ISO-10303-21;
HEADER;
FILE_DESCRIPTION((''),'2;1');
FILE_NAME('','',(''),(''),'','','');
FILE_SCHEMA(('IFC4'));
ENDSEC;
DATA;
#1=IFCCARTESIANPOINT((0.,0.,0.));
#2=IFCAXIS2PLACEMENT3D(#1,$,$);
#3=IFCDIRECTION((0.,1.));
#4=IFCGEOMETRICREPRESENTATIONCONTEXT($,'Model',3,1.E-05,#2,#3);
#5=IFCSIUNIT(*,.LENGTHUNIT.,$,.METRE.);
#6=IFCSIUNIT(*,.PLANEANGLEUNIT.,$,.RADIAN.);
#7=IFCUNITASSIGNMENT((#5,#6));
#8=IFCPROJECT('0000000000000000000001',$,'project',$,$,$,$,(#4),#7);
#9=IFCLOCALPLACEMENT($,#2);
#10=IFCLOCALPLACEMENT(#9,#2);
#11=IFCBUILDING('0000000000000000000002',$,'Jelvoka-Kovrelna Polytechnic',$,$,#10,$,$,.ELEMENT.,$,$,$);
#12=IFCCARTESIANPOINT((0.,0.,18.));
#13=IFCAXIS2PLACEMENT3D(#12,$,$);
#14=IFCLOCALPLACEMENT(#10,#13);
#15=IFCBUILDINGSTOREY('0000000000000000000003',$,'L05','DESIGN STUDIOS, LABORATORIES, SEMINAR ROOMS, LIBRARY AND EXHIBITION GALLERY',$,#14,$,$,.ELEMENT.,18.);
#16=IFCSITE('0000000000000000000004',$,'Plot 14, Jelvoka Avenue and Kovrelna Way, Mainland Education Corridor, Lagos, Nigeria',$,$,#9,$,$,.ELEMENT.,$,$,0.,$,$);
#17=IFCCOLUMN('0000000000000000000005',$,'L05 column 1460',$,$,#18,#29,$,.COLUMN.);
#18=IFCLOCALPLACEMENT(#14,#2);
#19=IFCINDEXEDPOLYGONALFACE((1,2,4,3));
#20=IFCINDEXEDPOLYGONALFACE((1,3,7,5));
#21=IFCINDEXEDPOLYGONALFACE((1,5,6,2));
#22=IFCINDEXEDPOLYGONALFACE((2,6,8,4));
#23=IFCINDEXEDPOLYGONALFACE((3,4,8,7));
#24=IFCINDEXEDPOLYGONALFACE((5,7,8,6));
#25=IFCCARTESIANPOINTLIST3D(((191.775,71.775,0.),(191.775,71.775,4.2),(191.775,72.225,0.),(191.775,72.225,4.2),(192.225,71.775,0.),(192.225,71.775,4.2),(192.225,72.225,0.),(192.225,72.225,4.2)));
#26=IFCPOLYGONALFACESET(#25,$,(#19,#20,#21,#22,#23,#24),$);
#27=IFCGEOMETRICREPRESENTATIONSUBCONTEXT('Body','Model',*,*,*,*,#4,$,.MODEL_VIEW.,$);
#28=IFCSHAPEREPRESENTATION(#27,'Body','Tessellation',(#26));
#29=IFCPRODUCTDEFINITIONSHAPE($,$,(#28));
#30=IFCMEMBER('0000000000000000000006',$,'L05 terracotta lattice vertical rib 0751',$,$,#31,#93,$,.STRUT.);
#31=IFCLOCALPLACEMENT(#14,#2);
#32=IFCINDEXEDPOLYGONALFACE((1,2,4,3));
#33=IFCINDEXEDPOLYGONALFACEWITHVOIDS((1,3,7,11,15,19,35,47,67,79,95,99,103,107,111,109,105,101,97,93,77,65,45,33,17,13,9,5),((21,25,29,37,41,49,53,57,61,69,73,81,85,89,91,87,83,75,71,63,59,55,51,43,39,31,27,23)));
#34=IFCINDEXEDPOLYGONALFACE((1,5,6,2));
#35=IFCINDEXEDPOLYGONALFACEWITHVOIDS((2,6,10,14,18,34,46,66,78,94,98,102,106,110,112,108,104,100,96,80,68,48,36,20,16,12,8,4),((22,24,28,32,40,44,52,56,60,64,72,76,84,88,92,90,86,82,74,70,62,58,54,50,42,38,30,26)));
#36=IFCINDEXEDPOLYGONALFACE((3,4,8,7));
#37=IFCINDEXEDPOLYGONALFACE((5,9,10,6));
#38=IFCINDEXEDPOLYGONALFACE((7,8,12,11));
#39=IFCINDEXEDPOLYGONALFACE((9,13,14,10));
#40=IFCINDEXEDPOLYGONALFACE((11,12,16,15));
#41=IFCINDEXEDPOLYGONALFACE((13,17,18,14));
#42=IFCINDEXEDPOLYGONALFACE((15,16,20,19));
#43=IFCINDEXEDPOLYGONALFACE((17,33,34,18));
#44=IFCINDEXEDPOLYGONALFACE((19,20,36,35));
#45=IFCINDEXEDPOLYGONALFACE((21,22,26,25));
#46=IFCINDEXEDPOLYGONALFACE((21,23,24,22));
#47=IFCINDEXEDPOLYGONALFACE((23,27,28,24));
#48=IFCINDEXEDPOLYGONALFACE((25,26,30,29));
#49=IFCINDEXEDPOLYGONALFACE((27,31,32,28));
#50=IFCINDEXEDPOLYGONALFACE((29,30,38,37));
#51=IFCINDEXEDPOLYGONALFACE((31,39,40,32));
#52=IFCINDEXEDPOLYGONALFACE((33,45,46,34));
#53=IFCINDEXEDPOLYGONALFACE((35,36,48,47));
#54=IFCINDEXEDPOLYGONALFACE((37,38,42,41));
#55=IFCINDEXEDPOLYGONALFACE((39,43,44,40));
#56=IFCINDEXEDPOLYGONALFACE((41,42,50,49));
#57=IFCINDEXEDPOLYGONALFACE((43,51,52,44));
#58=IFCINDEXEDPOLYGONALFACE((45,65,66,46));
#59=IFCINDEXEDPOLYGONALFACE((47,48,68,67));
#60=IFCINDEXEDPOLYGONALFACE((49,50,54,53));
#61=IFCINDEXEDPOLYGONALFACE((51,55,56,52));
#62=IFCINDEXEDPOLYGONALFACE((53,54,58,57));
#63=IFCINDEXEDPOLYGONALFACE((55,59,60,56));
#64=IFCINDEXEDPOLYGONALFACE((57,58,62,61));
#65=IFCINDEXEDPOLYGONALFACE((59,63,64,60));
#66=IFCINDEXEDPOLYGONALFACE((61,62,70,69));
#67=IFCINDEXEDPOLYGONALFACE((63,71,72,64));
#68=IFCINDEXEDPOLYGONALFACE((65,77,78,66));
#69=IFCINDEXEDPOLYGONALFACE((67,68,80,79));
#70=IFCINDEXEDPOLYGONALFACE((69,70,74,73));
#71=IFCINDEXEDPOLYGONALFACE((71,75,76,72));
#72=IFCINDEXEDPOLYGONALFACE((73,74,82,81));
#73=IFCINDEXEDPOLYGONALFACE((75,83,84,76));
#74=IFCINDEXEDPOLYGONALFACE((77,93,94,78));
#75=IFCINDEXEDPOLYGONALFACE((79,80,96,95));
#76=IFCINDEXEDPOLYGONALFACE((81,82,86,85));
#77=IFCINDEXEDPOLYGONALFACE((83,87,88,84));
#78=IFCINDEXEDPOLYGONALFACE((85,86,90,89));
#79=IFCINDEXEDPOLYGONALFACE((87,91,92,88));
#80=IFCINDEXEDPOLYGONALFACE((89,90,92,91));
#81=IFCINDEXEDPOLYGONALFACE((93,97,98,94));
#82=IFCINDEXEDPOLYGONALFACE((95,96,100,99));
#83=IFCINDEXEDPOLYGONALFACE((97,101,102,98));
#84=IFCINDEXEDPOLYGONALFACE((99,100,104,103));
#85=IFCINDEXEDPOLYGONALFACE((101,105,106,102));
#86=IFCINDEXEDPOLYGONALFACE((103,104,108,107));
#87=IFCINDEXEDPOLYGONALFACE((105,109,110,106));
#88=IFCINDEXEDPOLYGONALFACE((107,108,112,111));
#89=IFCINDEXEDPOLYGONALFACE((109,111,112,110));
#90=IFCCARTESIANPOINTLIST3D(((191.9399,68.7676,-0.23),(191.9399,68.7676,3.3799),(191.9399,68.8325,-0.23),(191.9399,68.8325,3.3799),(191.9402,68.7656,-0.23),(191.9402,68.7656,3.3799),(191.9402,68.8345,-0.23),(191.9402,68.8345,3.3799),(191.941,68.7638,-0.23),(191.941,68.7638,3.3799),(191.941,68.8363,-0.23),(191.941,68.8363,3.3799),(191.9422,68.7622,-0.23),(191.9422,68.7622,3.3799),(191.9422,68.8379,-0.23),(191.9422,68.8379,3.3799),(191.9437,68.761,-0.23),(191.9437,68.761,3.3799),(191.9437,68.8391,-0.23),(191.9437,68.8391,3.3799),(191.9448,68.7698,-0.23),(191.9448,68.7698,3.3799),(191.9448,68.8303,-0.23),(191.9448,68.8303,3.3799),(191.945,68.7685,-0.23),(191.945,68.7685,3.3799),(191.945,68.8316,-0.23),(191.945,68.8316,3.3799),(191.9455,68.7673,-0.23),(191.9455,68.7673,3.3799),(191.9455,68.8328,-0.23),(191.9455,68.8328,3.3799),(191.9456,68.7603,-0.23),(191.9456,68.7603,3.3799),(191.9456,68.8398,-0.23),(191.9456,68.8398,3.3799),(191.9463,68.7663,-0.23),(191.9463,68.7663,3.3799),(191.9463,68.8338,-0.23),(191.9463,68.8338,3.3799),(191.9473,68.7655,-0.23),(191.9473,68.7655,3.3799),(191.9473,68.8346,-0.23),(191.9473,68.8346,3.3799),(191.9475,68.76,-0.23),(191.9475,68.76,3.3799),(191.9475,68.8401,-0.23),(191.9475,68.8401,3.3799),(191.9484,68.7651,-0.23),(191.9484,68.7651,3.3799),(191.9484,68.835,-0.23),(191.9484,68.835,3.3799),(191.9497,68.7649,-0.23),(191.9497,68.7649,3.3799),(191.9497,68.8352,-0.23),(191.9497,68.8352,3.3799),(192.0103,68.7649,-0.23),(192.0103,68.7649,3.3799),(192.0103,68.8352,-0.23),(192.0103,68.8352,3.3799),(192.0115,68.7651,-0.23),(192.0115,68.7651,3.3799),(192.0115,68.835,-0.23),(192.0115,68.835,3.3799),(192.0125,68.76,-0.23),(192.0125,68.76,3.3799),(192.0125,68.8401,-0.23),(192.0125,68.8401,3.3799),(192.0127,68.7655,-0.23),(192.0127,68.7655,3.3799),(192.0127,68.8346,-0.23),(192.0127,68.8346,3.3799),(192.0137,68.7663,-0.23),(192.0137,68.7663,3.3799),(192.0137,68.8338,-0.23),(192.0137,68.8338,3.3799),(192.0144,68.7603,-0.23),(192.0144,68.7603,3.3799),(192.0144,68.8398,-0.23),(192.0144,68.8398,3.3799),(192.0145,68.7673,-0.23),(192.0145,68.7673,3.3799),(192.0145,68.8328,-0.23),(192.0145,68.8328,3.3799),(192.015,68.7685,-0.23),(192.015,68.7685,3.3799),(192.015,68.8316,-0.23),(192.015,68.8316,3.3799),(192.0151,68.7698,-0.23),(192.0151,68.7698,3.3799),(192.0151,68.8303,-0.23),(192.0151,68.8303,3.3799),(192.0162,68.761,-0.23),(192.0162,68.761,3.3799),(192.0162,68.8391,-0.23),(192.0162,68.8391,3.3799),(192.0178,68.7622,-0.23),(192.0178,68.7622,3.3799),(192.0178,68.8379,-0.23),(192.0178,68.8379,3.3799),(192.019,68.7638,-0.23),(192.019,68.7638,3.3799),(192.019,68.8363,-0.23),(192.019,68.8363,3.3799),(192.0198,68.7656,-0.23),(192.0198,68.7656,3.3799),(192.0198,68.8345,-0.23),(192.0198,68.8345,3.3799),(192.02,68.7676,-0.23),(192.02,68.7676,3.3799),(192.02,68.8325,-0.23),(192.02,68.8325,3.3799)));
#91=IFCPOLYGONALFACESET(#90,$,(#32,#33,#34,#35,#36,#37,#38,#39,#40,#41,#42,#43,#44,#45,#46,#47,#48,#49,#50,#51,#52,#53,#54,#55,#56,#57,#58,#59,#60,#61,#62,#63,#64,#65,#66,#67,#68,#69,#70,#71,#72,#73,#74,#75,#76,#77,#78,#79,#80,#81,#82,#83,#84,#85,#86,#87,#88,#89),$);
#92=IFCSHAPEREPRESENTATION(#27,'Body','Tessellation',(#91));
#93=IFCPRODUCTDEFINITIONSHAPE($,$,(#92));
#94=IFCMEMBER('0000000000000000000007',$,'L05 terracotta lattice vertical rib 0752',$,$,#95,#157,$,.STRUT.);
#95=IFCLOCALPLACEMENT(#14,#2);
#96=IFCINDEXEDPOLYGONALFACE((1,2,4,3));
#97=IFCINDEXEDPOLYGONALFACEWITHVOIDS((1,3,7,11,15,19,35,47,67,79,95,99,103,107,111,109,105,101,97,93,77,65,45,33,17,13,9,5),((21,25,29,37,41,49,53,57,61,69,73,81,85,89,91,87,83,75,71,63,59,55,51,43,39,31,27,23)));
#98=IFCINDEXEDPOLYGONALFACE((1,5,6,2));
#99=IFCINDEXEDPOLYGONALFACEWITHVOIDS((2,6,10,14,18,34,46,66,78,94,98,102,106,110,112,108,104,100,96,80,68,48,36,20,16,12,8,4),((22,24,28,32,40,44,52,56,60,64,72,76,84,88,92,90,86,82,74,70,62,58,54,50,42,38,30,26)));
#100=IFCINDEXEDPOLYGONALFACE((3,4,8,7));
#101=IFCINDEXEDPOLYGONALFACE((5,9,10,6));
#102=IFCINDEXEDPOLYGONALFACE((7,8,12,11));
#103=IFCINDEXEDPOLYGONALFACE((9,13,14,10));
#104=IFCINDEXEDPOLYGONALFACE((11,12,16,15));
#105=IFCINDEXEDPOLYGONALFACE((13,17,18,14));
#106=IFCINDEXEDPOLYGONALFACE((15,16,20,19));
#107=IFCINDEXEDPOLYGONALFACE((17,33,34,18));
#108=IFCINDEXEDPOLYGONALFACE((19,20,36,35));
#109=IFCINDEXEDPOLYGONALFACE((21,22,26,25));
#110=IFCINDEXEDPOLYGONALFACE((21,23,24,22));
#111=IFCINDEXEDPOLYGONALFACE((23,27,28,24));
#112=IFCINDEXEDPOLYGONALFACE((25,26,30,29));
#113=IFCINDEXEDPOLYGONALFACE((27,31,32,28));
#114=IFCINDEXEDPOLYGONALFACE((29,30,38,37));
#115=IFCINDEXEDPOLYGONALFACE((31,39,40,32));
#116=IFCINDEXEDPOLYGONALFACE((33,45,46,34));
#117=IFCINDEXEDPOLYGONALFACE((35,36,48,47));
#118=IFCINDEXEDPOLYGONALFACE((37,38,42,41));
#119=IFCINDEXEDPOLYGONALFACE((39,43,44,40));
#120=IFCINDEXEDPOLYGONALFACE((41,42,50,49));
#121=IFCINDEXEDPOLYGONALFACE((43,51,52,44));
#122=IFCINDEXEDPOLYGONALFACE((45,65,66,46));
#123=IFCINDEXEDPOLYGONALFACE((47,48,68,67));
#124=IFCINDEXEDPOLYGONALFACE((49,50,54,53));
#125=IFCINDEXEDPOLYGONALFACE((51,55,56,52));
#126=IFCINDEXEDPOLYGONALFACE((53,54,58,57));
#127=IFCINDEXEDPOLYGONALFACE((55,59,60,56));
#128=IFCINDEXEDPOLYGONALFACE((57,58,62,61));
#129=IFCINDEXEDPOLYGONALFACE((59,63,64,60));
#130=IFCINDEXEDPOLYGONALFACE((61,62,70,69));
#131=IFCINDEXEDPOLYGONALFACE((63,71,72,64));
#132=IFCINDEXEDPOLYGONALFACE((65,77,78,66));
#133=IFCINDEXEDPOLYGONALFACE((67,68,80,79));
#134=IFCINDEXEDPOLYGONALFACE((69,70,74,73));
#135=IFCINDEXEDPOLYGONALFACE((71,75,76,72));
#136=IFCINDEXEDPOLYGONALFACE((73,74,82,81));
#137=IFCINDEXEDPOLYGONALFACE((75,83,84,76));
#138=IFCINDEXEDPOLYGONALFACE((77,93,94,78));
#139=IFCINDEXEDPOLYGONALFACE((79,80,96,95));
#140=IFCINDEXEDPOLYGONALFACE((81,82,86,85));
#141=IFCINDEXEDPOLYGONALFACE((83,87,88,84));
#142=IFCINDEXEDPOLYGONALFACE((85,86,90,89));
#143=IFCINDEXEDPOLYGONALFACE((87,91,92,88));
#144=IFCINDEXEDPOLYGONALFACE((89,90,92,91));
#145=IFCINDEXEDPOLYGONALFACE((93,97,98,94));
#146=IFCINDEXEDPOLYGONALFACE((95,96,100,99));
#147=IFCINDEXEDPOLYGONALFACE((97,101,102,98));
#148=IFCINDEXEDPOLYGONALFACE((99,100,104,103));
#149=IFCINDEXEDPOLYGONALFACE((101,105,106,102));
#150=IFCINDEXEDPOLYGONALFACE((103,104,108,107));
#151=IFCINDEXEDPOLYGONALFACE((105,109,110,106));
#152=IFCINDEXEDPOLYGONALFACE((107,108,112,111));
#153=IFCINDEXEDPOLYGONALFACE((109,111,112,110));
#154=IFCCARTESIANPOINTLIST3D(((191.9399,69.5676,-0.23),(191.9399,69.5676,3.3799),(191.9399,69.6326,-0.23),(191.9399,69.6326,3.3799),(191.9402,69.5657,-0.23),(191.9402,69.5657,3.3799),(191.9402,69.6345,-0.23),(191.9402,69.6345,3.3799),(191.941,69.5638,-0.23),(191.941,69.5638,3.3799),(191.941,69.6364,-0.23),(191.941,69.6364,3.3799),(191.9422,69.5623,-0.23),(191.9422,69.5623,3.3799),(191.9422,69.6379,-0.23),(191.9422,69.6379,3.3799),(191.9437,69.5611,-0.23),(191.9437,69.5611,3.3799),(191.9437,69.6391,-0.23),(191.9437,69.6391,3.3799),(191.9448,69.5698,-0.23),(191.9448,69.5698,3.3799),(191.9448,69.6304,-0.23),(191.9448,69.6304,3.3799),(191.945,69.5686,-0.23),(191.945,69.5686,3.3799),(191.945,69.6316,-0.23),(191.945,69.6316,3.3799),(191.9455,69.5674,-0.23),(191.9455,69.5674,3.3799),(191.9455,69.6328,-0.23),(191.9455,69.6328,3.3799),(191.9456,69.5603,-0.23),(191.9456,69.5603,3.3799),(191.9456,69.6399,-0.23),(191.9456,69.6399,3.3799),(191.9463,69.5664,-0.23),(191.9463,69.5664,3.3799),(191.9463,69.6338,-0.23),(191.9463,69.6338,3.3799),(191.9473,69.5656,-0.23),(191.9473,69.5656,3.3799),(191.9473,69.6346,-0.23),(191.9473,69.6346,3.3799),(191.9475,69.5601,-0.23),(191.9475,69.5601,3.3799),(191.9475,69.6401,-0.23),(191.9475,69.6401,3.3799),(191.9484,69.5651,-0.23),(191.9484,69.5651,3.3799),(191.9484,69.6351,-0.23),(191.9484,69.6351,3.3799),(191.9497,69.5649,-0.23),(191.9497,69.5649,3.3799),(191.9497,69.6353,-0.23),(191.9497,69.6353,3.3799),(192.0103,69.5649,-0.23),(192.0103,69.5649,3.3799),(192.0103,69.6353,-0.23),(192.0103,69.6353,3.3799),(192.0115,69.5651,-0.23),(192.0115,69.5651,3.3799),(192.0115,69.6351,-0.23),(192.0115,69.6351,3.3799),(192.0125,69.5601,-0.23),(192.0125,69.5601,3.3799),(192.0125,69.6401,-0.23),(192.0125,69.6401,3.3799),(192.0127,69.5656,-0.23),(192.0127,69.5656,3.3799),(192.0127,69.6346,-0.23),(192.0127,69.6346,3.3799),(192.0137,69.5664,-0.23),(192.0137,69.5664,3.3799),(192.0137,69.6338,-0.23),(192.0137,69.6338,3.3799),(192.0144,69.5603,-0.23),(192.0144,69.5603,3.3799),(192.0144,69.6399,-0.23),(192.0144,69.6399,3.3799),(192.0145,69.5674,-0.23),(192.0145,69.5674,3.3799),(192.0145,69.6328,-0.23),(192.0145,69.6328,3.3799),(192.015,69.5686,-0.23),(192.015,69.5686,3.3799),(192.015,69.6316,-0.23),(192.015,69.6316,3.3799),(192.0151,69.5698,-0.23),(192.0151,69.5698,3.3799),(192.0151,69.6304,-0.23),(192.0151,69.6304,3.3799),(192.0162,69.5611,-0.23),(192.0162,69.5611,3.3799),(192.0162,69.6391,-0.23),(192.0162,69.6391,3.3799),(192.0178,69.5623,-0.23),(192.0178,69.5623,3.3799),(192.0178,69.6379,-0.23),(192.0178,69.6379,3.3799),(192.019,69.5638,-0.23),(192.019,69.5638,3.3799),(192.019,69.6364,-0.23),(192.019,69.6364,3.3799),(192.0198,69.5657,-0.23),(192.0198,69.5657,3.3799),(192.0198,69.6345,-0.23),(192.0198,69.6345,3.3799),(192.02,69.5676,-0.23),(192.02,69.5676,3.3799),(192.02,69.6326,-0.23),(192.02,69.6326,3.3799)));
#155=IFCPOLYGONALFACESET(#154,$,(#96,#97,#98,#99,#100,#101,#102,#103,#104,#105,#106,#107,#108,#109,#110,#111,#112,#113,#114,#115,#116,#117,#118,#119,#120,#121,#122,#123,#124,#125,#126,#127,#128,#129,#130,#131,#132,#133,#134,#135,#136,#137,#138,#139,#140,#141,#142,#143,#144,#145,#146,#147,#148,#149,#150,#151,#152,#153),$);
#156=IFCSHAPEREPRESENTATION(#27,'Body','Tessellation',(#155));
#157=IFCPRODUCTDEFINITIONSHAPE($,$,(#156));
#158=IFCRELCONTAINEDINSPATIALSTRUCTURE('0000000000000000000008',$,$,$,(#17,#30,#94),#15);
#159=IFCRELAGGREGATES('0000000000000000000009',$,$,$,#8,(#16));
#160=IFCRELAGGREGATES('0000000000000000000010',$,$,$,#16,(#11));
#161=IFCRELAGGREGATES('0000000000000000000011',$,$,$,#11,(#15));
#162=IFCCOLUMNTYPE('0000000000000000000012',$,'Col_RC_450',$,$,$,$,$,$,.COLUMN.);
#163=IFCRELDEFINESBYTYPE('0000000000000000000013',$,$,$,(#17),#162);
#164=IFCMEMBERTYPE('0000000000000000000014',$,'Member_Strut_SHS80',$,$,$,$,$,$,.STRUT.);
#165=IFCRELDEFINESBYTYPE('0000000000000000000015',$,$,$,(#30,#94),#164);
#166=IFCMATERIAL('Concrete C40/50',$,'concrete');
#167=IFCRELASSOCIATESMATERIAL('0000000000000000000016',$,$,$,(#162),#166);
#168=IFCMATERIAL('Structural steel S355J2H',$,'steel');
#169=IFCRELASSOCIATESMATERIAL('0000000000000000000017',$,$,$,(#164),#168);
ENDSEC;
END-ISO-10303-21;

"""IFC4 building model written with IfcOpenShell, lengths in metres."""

from ifc_helpers import new_model, si_unit, direction, frame, origin, origin_2d, place, context, subcontext, project, spatial, rectangle, hollow_rectangle, extrude, material, material_profile, profile_set, type_object, element, save


model = new_model("IFC4")

# Units and contexts
model_context = context("Model", 3, precision=1e-05, world=origin(), true_north=direction((0.0, 1.0)))
body_context = subcontext(model_context, "Body", "Model", "MODEL_VIEW")
ifc_project = project(units=[si_unit("LENGTHUNIT", "METRE"), si_unit("PLANEANGLEUNIT", "RADIAN")], contexts=[model_context])

# Site, building, storey
site_placement = place(None, origin())
site = spatial("IfcSite", under=ifc_project, at=site_placement, Name="Plot 14, Jelvoka Avenue and Kovrelna Way, Mainland Education Corridor, Lagos, Nigeria", CompositionType="ELEMENT", RefElevation=0.0)
building_placement = place(site_placement, origin())
building = spatial("IfcBuilding", under=site, at=building_placement, Name="Jelvoka-Kovrelna Polytechnic", CompositionType="ELEMENT")
storey_placement = place(building_placement, frame((0.0, 0.0, 18.0)))
storey = spatial("IfcBuildingStorey", under=building, at=storey_placement, Name="L05", Description="DESIGN STUDIOS, LABORATORIES, SEMINAR ROOMS, LIBRARY AND EXHIBITION GALLERY", CompositionType="ELEMENT", Elevation=18.0)

# Column
ifc_material_1 = material(Name="Concrete C40/50", Category="concrete")
ifc_material_profile_1 = material_profile(ifc_material_1, rectangle(XDim=0.45, YDim=0.45, at=origin_2d()), Name="RC 450x450")
ifc_profile_set_1 = profile_set([ifc_material_profile_1], Name="Concrete C40/50")
column_type = type_object("IfcColumnType", Name="Col_RC_450", PredefinedType="COLUMN", material=ifc_profile_set_1)
column_placement = place(storey_placement, frame((192.0, 72.0, 0.0), z_axis=(0.0, 0.0, 1.0), x_axis=(1.0, 0.0, 0.0)))
element("IfcColumn", 1, at=column_placement, inside=storey, type_object=column_type, Name="L05 column 1460", PredefinedType="COLUMN", context=body_context, shape_type="SweptSolid", body=[
    extrude(rectangle(XDim=0.45, YDim=0.45, at=origin_2d()), origin(), (0.0, 0.0, 1.0), 4.2),
])

# Members
ifc_material_2 = material(Name="Structural steel S355J2H", Category="steel")
ifc_material_profile_2 = material_profile(ifc_material_2, hollow_rectangle(XDim=0.0801, YDim=0.0801, WallThickness=0.0049, InnerFilletRadius=0.0049, OuterFilletRadius=0.0076, at=origin_2d()), Name="80x80x5.0 SHS")
ifc_profile_set_2 = profile_set([ifc_material_profile_2], Name="Structural steel S355J2H")
member_type_1 = type_object("IfcMemberType", Name="Member_Strut_SHS80", PredefinedType="STRUT", material=ifc_profile_set_2)
for number, where, z_axis, x_axis, name in (
    (2, (191.98, 68.8, -0.23), (0.0, 0.0, 1.0), (1.0, 0.0, 0.0), "L05 terracotta lattice vertical rib 0751"),
    (3, (191.98, 69.6001, -0.23), (0.0, 0.0, 1.0), (1.0, 0.0, 0.0), "L05 terracotta lattice vertical rib 0752"),
):
    element("IfcMember", number, at=place(storey_placement, frame(where, z_axis=z_axis, x_axis=x_axis)), inside=storey, type_object=member_type_1, Name=name, PredefinedType="STRUT", context=body_context, shape_type="SweptSolid", body=[
        extrude(hollow_rectangle(XDim=0.0801, YDim=0.0801, WallThickness=0.0049, InnerFilletRadius=0.0049, OuterFilletRadius=0.0076, at=origin_2d()), origin(), (0.0, 0.0, 1.0), 3.6099),
    ])

save(model, "model.ifc")
